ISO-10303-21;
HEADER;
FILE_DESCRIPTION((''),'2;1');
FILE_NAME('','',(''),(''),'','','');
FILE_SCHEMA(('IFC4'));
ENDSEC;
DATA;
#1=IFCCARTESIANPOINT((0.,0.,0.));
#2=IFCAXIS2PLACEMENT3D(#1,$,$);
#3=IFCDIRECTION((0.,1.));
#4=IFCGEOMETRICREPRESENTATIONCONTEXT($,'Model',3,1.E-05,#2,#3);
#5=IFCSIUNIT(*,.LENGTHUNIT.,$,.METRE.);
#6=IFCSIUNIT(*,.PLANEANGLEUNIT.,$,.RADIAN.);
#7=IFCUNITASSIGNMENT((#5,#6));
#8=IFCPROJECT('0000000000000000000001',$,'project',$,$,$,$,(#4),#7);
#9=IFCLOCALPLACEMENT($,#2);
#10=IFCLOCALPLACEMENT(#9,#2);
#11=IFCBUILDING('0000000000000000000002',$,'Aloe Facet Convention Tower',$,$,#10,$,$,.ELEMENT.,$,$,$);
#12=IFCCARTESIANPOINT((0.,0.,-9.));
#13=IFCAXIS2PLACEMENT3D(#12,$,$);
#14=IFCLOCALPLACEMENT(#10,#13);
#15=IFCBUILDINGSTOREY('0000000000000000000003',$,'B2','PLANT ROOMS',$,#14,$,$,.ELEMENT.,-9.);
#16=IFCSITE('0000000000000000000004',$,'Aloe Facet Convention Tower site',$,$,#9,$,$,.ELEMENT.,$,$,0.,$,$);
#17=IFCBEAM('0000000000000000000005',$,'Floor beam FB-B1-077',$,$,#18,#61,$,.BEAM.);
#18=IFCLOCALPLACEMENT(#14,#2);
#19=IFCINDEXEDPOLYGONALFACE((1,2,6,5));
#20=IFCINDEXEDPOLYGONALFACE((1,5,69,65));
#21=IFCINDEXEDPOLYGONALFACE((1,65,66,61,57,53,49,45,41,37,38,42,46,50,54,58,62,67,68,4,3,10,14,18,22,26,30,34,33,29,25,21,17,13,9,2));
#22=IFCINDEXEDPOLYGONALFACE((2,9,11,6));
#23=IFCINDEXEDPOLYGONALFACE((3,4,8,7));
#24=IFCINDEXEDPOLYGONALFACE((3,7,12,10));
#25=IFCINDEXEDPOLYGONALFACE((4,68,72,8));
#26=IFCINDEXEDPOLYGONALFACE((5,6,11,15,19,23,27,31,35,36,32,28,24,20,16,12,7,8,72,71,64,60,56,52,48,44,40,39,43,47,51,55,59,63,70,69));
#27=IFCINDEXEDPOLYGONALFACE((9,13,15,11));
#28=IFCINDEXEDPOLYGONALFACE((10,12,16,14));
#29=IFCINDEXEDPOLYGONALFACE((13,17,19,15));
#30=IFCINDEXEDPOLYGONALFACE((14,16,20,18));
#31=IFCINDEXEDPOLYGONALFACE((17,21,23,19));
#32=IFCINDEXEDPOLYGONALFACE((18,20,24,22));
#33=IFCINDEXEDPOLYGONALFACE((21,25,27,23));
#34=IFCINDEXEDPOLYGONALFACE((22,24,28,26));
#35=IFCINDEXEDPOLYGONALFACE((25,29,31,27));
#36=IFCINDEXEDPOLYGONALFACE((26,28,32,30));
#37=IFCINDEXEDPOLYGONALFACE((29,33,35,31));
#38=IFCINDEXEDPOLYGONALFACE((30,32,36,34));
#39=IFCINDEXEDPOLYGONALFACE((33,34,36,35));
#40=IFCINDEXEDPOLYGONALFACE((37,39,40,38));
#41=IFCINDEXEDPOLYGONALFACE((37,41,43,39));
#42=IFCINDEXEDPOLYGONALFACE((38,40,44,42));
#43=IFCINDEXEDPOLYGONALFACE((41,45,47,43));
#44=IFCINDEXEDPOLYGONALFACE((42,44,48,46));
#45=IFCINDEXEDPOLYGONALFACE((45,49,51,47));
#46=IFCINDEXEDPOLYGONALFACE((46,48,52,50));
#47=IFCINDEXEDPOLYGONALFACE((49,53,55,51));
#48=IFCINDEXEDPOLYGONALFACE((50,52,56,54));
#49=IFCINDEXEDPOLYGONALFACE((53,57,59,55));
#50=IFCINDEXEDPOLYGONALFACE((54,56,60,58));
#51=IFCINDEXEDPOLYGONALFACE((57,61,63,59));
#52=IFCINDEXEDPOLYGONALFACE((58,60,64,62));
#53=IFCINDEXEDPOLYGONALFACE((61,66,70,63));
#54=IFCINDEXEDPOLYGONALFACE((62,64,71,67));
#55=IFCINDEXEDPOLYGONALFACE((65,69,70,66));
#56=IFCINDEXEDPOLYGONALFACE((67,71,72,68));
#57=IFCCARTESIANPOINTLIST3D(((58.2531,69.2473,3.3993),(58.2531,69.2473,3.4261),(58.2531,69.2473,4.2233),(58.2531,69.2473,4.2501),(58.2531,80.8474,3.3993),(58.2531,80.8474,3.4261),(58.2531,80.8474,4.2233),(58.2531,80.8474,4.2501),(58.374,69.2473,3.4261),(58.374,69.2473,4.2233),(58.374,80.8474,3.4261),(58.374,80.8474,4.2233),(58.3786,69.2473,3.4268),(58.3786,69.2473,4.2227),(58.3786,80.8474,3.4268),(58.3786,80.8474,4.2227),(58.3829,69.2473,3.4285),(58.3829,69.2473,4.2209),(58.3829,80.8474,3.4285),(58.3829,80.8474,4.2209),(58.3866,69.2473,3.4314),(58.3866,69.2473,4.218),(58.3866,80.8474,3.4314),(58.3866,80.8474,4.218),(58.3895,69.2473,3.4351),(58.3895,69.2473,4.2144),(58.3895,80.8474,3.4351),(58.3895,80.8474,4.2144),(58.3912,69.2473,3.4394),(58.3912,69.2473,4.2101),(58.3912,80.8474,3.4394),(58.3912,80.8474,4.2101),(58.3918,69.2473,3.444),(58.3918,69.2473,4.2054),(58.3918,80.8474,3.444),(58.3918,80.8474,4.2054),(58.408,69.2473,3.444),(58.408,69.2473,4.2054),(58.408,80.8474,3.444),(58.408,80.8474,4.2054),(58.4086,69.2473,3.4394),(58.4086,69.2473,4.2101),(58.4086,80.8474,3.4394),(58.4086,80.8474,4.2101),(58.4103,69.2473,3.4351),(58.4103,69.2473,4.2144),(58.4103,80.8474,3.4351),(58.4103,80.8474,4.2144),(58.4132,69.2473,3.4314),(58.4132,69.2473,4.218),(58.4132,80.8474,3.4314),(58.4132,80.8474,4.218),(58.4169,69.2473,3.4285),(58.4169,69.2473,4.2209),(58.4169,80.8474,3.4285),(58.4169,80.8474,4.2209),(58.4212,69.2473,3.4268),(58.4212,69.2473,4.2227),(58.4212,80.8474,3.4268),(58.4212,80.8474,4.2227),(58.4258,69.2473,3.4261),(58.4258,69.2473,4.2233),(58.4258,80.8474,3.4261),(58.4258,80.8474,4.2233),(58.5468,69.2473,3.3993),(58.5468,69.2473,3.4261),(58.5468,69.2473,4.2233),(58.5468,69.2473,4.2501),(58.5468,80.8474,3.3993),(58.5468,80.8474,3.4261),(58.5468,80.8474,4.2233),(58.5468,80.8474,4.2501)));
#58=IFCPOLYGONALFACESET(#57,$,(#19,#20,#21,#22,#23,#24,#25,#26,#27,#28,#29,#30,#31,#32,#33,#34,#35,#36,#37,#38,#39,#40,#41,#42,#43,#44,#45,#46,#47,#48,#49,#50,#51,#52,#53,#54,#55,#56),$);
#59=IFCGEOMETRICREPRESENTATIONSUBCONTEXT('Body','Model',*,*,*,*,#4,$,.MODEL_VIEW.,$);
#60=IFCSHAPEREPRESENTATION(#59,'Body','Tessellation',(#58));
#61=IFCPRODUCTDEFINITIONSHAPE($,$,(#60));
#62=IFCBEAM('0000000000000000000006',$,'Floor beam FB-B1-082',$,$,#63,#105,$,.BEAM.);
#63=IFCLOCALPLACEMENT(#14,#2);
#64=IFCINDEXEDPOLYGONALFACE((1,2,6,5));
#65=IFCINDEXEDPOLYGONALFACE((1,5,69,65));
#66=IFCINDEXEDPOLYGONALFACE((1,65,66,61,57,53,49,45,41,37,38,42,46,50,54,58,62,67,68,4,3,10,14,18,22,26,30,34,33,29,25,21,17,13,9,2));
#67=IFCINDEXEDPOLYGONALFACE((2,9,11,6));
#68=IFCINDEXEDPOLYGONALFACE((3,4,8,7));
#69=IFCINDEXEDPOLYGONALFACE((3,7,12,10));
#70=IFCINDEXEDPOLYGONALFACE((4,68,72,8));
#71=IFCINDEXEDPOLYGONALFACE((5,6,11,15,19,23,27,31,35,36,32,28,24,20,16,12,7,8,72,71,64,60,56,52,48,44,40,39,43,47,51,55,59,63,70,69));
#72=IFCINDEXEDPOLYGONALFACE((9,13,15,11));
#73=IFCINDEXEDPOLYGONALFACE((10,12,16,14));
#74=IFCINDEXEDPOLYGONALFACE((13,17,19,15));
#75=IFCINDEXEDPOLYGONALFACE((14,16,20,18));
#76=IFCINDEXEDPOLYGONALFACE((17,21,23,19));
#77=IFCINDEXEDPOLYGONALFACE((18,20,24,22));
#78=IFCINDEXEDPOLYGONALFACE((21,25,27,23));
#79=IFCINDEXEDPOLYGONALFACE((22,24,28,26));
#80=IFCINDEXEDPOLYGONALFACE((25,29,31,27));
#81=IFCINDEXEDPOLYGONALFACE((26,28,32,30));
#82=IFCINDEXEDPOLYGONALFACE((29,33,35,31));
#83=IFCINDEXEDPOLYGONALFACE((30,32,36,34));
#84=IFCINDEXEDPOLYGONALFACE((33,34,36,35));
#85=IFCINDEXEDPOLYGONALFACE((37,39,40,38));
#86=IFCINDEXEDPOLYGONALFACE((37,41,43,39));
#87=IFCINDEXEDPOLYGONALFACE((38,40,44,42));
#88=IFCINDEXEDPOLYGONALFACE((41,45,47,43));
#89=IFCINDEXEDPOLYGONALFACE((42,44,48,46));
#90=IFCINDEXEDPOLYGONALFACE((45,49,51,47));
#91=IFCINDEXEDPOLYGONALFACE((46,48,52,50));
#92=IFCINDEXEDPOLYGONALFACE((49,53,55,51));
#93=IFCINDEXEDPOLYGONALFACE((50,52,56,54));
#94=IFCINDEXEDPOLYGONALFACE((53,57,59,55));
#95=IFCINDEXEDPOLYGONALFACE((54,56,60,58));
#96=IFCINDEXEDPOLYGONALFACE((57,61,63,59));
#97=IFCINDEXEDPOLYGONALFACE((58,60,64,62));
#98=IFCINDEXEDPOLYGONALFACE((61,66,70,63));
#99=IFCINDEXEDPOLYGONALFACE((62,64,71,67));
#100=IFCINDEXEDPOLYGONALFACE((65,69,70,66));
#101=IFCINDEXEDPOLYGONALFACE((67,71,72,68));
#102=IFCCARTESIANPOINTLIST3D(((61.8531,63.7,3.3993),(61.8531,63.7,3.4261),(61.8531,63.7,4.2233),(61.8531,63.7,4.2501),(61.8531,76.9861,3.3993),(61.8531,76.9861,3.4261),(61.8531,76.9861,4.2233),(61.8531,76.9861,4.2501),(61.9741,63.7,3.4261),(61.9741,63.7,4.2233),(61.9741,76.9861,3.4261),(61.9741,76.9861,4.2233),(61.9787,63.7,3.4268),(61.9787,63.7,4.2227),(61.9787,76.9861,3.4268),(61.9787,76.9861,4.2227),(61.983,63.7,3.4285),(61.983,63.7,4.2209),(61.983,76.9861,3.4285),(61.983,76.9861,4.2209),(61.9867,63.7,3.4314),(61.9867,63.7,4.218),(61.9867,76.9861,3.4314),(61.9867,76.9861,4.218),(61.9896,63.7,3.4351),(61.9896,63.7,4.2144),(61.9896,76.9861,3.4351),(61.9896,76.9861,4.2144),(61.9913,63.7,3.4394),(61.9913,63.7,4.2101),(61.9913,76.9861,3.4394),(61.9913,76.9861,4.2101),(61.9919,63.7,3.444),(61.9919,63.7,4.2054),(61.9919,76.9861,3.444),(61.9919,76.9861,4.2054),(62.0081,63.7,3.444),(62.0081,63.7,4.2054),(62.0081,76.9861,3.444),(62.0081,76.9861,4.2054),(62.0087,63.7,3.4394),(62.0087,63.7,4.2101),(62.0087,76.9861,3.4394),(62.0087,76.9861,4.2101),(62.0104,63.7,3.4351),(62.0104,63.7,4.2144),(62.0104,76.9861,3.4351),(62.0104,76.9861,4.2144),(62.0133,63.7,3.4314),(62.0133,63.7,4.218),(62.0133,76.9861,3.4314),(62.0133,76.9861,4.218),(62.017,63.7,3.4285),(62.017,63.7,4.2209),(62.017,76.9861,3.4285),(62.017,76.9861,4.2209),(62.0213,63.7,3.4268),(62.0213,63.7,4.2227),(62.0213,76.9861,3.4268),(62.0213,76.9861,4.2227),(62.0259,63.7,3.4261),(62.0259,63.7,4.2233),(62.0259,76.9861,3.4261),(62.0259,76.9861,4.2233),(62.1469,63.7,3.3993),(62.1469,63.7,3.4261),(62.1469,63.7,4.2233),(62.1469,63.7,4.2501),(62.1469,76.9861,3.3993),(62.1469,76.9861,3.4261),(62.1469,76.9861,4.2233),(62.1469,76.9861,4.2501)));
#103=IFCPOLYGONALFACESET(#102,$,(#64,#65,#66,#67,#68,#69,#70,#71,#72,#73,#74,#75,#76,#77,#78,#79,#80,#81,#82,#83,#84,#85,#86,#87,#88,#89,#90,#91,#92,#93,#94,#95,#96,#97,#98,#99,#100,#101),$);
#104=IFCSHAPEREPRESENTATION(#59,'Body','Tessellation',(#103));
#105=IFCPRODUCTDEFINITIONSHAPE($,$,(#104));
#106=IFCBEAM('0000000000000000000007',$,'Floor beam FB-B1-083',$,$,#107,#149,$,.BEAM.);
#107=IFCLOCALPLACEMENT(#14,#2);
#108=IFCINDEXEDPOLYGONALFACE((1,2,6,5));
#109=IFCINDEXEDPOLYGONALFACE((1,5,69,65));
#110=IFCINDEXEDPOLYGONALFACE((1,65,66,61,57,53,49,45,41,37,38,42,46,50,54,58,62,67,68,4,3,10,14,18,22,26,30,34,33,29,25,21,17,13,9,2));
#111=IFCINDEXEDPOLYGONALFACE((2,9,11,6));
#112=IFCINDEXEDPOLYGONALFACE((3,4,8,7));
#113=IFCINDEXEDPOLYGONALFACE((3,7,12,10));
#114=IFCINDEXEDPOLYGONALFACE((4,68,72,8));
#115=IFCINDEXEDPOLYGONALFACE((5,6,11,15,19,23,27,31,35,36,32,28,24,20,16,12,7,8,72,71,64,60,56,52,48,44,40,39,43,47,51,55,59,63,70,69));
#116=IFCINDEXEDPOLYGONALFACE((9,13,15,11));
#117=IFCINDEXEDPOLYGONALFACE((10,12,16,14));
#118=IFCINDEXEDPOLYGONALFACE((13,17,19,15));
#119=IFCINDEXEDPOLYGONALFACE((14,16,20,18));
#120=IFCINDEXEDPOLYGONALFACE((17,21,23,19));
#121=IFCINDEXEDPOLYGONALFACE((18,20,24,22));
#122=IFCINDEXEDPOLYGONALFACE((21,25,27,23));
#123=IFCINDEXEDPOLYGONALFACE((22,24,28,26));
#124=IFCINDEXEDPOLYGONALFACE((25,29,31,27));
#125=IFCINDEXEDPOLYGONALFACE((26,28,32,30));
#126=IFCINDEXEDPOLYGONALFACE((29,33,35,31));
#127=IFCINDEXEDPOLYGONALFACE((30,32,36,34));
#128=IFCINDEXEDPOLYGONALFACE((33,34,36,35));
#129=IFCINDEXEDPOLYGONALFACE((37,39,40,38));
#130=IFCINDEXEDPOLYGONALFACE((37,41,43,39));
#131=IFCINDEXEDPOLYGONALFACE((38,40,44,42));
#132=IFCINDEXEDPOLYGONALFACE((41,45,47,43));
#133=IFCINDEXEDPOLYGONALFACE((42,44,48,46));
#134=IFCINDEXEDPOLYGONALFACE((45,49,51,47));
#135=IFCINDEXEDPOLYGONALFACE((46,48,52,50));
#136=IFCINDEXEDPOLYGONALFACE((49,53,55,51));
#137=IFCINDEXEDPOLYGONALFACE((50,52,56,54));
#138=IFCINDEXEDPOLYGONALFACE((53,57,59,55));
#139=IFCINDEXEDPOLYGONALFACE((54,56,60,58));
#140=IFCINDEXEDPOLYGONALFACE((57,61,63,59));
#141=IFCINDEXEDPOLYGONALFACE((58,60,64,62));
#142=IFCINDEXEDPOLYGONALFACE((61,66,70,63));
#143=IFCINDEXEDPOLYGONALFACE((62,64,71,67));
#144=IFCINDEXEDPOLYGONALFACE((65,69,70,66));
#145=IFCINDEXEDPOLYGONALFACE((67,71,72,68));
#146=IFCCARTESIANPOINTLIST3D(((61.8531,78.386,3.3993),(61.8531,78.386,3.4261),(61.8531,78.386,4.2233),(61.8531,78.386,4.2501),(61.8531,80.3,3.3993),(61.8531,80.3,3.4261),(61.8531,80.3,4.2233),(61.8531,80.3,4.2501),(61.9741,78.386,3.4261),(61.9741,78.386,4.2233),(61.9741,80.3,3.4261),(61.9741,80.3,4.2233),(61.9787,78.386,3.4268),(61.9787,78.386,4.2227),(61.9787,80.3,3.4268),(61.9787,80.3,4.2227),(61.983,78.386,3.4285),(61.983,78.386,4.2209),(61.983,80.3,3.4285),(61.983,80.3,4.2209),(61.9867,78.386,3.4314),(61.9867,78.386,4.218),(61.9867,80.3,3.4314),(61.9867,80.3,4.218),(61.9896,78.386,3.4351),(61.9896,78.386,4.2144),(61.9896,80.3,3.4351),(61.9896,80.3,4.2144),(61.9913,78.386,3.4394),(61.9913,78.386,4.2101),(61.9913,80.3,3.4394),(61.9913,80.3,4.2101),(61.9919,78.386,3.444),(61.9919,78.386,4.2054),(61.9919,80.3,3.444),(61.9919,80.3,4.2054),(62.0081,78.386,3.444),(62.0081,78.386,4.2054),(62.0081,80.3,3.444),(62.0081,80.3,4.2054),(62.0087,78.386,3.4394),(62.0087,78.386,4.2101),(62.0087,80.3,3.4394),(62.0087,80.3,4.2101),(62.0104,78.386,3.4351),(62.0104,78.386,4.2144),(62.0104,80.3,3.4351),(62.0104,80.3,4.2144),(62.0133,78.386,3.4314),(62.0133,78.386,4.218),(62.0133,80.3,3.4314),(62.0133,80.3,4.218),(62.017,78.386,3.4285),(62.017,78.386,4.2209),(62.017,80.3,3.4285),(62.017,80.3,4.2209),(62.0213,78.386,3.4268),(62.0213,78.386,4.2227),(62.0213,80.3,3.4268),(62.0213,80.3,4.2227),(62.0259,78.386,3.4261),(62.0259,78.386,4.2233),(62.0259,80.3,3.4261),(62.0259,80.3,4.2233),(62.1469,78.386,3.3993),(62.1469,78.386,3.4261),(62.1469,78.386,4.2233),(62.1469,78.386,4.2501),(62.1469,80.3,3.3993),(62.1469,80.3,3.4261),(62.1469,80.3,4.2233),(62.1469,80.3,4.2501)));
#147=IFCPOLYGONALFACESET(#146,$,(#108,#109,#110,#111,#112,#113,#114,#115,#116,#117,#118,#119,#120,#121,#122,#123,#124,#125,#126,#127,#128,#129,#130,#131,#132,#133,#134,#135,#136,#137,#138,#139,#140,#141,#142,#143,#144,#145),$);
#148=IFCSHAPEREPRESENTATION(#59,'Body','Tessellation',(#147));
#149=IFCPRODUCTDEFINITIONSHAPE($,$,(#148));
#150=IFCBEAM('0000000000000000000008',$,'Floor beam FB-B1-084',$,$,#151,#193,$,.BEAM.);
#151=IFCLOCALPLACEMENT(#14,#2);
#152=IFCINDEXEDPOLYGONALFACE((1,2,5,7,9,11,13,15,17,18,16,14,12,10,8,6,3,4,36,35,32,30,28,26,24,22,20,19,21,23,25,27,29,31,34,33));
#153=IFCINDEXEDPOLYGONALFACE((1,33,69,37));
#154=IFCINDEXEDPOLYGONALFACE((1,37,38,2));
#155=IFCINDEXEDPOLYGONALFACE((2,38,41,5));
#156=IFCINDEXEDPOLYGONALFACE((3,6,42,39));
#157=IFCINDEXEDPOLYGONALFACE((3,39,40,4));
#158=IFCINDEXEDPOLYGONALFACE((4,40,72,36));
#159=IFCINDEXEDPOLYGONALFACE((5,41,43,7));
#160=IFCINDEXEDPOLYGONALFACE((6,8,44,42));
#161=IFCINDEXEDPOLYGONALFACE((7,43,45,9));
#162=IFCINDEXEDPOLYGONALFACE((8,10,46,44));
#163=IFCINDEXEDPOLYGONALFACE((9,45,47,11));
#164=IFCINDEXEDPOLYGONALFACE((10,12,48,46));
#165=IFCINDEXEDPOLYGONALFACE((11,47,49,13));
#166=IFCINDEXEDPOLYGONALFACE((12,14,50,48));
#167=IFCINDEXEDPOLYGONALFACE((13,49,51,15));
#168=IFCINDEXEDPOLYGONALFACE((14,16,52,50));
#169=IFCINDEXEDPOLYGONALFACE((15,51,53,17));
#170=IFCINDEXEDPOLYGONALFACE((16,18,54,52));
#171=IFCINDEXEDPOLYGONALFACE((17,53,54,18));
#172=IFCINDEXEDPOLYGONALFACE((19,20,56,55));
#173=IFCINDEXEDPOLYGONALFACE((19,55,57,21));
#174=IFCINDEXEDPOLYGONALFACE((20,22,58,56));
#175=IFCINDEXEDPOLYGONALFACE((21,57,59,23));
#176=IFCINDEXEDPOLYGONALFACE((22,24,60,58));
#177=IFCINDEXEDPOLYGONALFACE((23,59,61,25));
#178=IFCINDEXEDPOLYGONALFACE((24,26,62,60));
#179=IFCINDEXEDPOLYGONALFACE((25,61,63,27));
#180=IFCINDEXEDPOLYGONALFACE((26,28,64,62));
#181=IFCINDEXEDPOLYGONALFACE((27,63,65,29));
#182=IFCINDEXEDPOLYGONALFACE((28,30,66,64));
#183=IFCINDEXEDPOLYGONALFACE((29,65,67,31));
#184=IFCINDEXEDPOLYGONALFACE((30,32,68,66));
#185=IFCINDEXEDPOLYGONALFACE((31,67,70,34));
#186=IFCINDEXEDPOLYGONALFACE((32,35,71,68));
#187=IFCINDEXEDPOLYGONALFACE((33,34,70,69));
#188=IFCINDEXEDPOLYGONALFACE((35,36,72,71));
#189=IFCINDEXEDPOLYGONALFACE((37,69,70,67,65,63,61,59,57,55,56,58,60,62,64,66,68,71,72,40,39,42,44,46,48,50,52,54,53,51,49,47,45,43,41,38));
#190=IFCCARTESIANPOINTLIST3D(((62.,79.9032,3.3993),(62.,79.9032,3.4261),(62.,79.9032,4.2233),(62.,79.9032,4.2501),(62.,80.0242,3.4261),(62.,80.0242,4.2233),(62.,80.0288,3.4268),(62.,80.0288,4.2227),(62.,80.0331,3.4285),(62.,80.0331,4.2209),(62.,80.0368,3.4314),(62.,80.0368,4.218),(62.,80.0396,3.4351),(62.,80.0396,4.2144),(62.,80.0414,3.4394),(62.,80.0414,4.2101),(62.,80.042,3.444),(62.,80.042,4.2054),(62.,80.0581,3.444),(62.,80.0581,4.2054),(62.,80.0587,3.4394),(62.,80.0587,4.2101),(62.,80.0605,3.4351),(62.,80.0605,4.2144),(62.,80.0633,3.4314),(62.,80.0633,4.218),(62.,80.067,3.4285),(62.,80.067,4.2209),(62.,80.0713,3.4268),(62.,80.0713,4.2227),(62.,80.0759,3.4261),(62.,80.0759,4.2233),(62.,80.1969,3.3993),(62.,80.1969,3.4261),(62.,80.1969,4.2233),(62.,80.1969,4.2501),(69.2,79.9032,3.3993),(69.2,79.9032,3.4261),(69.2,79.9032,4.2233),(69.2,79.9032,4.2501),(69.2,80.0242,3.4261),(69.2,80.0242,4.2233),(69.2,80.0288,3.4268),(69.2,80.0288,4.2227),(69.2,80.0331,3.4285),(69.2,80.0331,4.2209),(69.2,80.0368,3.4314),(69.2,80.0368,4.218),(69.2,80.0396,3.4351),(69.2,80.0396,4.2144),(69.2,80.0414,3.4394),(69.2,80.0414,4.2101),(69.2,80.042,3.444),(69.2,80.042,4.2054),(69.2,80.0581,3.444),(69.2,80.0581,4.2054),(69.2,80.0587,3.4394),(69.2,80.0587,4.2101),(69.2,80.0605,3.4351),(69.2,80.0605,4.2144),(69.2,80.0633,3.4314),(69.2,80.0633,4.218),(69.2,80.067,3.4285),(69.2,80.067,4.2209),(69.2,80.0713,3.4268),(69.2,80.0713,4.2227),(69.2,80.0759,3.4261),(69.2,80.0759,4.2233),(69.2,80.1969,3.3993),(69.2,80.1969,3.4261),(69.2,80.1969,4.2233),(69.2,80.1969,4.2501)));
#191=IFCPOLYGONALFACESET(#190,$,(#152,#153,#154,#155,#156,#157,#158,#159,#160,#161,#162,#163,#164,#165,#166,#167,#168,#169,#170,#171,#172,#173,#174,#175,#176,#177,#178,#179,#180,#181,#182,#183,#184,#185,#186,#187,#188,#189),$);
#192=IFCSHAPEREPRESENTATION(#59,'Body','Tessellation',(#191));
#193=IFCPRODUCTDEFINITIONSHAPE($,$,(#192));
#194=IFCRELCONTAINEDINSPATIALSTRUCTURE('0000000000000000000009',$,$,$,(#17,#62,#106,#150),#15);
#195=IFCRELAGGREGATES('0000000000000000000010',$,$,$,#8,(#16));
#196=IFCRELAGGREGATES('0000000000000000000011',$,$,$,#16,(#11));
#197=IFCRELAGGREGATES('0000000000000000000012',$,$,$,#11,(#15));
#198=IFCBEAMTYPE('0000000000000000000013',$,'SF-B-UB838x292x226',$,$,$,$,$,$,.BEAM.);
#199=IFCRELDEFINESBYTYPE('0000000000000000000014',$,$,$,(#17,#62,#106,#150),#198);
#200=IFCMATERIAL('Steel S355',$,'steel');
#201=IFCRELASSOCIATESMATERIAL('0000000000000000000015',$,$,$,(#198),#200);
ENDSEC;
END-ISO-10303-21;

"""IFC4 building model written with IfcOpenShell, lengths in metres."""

from ifc_helpers import new_model, si_unit, direction, frame, origin, origin_2d, place, context, subcontext, project, spatial, i_section, extrude, material, material_profile, profile_set, type_object, element, save


model = new_model("IFC4")

# Units and contexts
model_context = context("Model", 3, precision=1e-05, world=origin(), true_north=direction((0.0, 1.0)))
body_context = subcontext(model_context, "Body", "Model", "MODEL_VIEW")
ifc_project = project(units=[si_unit("LENGTHUNIT", "METRE"), si_unit("PLANEANGLEUNIT", "RADIAN")], contexts=[model_context])

# Site, building, storey
site_placement = place(None, origin())
site = spatial("IfcSite", under=ifc_project, at=site_placement, Name="Aloe Facet Convention Tower site", CompositionType="ELEMENT", RefElevation=0.0)
building_placement = place(site_placement, origin())
building = spatial("IfcBuilding", under=site, at=building_placement, Name="Aloe Facet Convention Tower", CompositionType="ELEMENT")
storey_placement = place(building_placement, frame((0.0, 0.0, -9.0)))
storey = spatial("IfcBuildingStorey", under=building, at=storey_placement, Name="B2", Description="PLANT ROOMS", CompositionType="ELEMENT", Elevation=-9.0)

# Beams
ifc_material_1 = material(Name="Steel S355", Category="steel")
ifc_material_profile_1 = material_profile(ifc_material_1, i_section(OverallWidth=0.2937, OverallDepth=0.8508, WebThickness=0.0161, FlangeThickness=0.0269, FilletRadius=0.0178, at=origin_2d()), Name="UB 838x292x226")
ifc_profile_set_1 = profile_set([ifc_material_profile_1], Name="Steel S355")
beam_type_1 = type_object("IfcBeamType", Name="SF-B-UB838x292x226", PredefinedType="BEAM", material=ifc_profile_set_1)
beam_1_placement = place(storey_placement, frame((58.3999, 69.2473, 3.8247), z_axis=(0.0, 1.0, 0.0), x_axis=(-1.0, 0.0, 0.0)))
element("IfcBeam", 1, at=beam_1_placement, inside=storey, type_object=beam_type_1, Name="Floor beam FB-B1-077", PredefinedType="BEAM", context=body_context, shape_type="SweptSolid", body=[
    extrude(i_section(OverallWidth=0.2937, OverallDepth=0.8508, WebThickness=0.0161, FlangeThickness=0.0269, FilletRadius=0.0178, at=origin_2d()), origin(), (0.0, 0.0, 1.0), 11.6001),
])
beam_2_placement = place(storey_placement, frame((62.0, 63.7, 3.8247), z_axis=(0.0, 1.0, 0.0), x_axis=(-1.0, 0.0, 0.0)))
element("IfcBeam", 2, at=beam_2_placement, inside=storey, type_object=beam_type_1, Name="Floor beam FB-B1-082", PredefinedType="BEAM", context=body_context, shape_type="SweptSolid", body=[
    extrude(i_section(OverallWidth=0.2937, OverallDepth=0.8508, WebThickness=0.0161, FlangeThickness=0.0269, FilletRadius=0.0178, at=origin_2d()), origin(), (0.0, 0.0, 1.0), 13.2861),
])
beam_3_placement = place(storey_placement, frame((62.0, 78.386, 3.8247), z_axis=(0.0, 1.0, 0.0), x_axis=(-1.0, 0.0, 0.0)))
element("IfcBeam", 3, at=beam_3_placement, inside=storey, type_object=beam_type_1, Name="Floor beam FB-B1-083", PredefinedType="BEAM", context=body_context, shape_type="SweptSolid", body=[
    extrude(i_section(OverallWidth=0.2937, OverallDepth=0.8508, WebThickness=0.0161, FlangeThickness=0.0269, FilletRadius=0.0178, at=origin_2d()), origin(), (0.0, 0.0, 1.0), 1.9141),
])
beam_4_placement = place(storey_placement, frame((62.0, 80.05, 3.8247), z_axis=(1.0, 0.0, 0.0), x_axis=(0.0, 1.0, 0.0)))
element("IfcBeam", 4, at=beam_4_placement, inside=storey, type_object=beam_type_1, Name="Floor beam FB-B1-084", PredefinedType="BEAM", context=body_context, shape_type="SweptSolid", body=[
    extrude(i_section(OverallWidth=0.2937, OverallDepth=0.8508, WebThickness=0.0161, FlangeThickness=0.0269, FilletRadius=0.0178, at=origin_2d()), origin(), (0.0, 0.0, 1.0), 7.2),
])

save(model, "model.ifc")
